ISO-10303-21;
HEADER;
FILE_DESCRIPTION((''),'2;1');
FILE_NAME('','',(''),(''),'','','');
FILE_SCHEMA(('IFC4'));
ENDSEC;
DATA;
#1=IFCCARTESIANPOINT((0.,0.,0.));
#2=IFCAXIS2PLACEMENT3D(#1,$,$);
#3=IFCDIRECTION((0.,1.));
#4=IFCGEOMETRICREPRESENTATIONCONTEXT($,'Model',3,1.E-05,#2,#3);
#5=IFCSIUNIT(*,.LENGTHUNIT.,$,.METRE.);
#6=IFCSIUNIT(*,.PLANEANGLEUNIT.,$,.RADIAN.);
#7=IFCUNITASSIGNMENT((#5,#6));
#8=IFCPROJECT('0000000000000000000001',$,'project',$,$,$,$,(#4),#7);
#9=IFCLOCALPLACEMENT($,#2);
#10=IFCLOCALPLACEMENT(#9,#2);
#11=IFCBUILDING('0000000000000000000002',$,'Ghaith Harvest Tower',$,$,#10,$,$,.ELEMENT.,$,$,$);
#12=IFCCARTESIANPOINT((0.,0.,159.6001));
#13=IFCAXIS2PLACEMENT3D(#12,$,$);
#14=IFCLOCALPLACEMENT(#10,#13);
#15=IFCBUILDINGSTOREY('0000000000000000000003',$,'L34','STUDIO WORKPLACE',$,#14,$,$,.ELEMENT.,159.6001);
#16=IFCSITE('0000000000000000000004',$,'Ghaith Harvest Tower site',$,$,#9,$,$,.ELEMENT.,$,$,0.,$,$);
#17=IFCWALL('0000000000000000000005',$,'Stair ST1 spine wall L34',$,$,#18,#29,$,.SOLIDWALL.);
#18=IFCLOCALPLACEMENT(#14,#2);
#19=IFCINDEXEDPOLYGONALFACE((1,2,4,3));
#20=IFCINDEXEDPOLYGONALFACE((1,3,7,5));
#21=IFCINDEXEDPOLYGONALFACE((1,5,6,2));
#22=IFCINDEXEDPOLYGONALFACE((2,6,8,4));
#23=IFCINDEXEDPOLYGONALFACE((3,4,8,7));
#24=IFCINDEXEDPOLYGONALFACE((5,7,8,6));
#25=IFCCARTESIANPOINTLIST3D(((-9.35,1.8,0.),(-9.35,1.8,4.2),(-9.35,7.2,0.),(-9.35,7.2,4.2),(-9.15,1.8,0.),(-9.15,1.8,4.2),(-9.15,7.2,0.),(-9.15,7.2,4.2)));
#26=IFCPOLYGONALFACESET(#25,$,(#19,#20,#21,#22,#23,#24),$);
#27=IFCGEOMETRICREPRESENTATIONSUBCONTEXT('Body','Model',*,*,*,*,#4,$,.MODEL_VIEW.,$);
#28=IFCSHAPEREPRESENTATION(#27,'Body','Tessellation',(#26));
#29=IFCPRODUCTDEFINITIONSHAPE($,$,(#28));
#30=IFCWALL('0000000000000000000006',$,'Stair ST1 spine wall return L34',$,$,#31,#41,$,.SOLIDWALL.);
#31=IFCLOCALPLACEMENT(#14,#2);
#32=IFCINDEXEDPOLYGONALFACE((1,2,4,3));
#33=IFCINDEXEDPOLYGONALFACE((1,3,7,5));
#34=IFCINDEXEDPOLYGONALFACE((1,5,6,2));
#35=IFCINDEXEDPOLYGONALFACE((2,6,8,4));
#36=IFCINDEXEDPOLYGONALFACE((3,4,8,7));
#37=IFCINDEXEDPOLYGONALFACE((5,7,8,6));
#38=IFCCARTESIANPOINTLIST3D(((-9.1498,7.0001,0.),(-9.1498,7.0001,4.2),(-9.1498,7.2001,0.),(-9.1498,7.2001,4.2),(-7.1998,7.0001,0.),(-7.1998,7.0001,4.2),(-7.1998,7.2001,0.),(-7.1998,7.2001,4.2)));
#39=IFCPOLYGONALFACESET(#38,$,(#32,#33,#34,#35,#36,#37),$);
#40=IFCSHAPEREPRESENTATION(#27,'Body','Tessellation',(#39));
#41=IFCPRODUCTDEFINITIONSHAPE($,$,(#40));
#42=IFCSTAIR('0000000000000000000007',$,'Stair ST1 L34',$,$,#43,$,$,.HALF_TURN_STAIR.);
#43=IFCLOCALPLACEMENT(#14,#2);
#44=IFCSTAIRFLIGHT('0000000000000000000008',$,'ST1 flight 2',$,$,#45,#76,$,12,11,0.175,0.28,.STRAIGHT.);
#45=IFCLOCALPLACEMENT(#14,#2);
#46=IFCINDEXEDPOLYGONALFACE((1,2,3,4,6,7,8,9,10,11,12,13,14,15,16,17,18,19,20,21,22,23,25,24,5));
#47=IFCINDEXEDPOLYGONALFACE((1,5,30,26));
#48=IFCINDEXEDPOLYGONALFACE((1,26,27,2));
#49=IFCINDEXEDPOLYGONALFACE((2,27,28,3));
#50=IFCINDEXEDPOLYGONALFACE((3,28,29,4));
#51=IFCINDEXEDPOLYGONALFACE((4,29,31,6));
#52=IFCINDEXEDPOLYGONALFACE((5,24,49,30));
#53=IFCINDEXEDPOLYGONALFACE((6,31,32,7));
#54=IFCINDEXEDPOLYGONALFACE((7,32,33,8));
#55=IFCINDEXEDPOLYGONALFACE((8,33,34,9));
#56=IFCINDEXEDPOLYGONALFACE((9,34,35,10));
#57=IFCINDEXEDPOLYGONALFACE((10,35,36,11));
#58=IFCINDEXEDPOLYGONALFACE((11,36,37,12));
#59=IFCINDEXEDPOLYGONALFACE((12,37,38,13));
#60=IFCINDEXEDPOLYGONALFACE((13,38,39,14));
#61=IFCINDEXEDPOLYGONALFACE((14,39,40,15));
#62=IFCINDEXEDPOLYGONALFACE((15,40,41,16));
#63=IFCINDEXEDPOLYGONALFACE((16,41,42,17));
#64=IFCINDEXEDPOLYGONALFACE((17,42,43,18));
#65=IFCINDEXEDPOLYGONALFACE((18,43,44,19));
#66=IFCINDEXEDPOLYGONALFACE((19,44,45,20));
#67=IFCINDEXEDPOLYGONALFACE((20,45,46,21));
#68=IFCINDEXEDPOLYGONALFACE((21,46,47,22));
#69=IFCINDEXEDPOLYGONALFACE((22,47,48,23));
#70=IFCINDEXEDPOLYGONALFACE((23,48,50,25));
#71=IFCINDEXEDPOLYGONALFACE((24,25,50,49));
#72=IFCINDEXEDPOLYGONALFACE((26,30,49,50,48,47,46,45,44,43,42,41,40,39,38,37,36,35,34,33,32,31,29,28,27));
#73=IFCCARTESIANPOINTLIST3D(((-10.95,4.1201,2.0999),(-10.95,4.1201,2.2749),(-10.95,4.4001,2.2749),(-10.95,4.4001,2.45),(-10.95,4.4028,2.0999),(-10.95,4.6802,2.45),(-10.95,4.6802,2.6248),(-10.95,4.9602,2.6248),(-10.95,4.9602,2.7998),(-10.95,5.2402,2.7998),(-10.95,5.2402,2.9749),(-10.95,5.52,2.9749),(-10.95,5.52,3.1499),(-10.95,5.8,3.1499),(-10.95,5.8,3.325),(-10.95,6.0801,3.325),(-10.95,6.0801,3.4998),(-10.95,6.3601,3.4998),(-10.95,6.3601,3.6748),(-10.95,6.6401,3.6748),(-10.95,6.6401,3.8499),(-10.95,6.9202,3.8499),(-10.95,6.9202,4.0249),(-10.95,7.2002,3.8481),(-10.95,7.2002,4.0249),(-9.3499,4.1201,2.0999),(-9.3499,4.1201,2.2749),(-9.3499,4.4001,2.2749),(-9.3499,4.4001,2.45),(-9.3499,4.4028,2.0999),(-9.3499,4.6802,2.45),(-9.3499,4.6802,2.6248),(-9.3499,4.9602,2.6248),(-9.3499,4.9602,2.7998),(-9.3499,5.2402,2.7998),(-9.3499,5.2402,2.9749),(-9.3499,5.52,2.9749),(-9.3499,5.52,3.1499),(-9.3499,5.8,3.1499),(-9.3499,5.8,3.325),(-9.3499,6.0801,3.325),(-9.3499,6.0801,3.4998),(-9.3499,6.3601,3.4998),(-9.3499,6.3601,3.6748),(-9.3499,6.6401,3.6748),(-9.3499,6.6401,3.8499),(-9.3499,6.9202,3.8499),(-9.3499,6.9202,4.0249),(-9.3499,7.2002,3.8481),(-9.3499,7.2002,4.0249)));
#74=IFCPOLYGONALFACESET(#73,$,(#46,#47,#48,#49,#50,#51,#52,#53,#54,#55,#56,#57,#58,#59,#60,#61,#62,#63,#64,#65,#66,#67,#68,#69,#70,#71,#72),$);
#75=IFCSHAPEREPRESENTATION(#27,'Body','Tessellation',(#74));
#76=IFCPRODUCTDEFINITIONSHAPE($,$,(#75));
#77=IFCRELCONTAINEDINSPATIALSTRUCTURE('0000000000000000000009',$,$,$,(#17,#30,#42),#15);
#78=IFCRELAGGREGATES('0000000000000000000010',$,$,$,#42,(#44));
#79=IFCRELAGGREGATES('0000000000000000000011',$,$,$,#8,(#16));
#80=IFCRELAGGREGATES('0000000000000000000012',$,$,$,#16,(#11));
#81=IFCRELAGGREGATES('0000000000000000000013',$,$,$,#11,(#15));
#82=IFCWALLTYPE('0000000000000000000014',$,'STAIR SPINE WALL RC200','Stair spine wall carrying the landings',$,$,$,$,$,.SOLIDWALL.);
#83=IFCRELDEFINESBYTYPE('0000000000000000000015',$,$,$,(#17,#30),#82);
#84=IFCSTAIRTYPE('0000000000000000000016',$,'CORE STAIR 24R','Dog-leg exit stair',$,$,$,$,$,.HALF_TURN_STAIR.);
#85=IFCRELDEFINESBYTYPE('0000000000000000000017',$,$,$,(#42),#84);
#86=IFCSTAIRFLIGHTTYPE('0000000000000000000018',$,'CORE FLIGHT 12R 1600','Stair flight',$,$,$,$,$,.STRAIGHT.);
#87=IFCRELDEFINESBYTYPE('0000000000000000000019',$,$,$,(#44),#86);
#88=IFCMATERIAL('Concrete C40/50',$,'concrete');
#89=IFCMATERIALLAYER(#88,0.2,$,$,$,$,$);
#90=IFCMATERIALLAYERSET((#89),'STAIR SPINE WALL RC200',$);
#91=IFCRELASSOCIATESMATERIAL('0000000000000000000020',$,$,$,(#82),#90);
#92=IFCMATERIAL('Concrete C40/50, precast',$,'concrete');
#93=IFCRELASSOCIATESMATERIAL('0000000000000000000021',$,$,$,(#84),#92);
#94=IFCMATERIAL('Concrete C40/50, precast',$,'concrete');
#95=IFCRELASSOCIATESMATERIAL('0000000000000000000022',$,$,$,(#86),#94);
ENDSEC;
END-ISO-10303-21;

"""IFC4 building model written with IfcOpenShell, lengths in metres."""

from ifc_helpers import new_model, si_unit, direction, frame, frame_2d, origin, place, context, subcontext, project, spatial, polyline, rectangle, outline, extrude, material, layer, layer_set, type_object, element, aggregate, save


model = new_model("IFC4")

# Units and contexts
model_context = context("Model", 3, precision=1e-05, world=origin(), true_north=direction((0.0, 1.0)))
body_context = subcontext(model_context, "Body", "Model", "MODEL_VIEW")
ifc_project = project(units=[si_unit("LENGTHUNIT", "METRE"), si_unit("PLANEANGLEUNIT", "RADIAN")], contexts=[model_context])

# Site, building, storey
site_placement = place(None, origin())
site = spatial("IfcSite", under=ifc_project, at=site_placement, Name="Ghaith Harvest Tower site", CompositionType="ELEMENT", RefElevation=0.0)
building_placement = place(site_placement, origin())
building = spatial("IfcBuilding", under=site, at=building_placement, Name="Ghaith Harvest Tower", CompositionType="ELEMENT")
storey_placement = place(building_placement, frame((0.0, 0.0, 159.6001)))
storey = spatial("IfcBuildingStorey", under=building, at=storey_placement, Name="L34", Description="STUDIO WORKPLACE", CompositionType="ELEMENT", Elevation=159.6001)

# Walls
ifc_material_1 = material(Name="Concrete C40/50", Category="concrete")
ifc_layer_1 = layer(ifc_material_1, 0.2)
ifc_layer_set_1 = layer_set([ifc_layer_1], Name="STAIR SPINE WALL RC200")
wall_type_1 = type_object("IfcWallType", Name="STAIR SPINE WALL RC200", Description="Stair spine wall carrying the landings", PredefinedType="SOLIDWALL", material=ifc_layer_set_1)
wall_1_placement = place(storey_placement, frame((-9.25, 7.2, 0.0), z_axis=(0.0, 0.0, 1.0), x_axis=(0.0, -1.0, 0.0)))
element("IfcWall", 1, at=wall_1_placement, inside=storey, type_object=wall_type_1, Name="Stair ST1 spine wall L34", PredefinedType="SOLIDWALL", context=body_context, shape_type="SweptSolid", body=[
    extrude(rectangle(XDim=5.3999, YDim=0.2, at=frame_2d((2.7, 0.0))), origin(), (0.0, 0.0, 1.0), 4.2),
])
wall_2_placement = place(storey_placement, frame((-9.1499, 7.1001, 0.0), z_axis=(0.0, 0.0, 1.0), x_axis=(1.0, 0.0, 0.0)))
element("IfcWall", 2, at=wall_2_placement, inside=storey, type_object=wall_type_1, Name="Stair ST1 spine wall return L34", PredefinedType="SOLIDWALL", context=body_context, shape_type="SweptSolid", body=[
    extrude(rectangle(XDim=1.95, YDim=0.2, at=frame_2d((0.9751, 0.0))), origin(), (0.0, 0.0, 1.0), 4.2),
])

# Stair, stair flight
ifc_material_2 = material(Name="Concrete C40/50, precast", Category="concrete")
stair_type = type_object("IfcStairType", Name="CORE STAIR 24R", Description="Dog-leg exit stair", PredefinedType="HALF_TURN_STAIR", material=ifc_material_2)
stair_placement = place(storey_placement, origin())
stair = element("IfcStair", 3, at=stair_placement, inside=storey, type_object=stair_type, Name="Stair ST1 L34", PredefinedType="HALF_TURN_STAIR")
ifc_material_3 = material(Name="Concrete C40/50, precast", Category="concrete")
stair_flight_type = type_object("IfcStairFlightType", Name="CORE FLIGHT 12R 1600", Description="Stair flight", PredefinedType="STRAIGHT", material=ifc_material_3)
stair_flight_placement = place(storey_placement, frame((-10.1499, 4.1201, 2.0999), z_axis=(0.0, 0.0, 1.0), x_axis=(0.0, 1.0, 0.0)))
stair_flight = element("IfcStairFlight", 4, at=stair_flight_placement, type_object=stair_flight_type, Name="ST1 flight 2", NumberOfRisers=12, NumberOfTreads=11, PredefinedType="STRAIGHT", RiserHeight=0.175, TreadLength=0.28, context=body_context, shape_type="SweptSolid", body=[
    extrude(outline(polyline([(0.0, 0.0), (0.0, 0.175), (0.28, 0.175), (0.28, 0.3501), (0.5601, 0.3501), (0.5601, 0.5249), (0.8401, 0.5249), (0.8401, 0.7), (1.1201, 0.7), (1.1201, 0.875), (1.3999, 0.875), (1.3999, 1.05), (1.6799, 1.05), (1.6799, 1.2251), (1.96, 1.2251), (1.96, 1.3999), (2.24, 1.3999), (2.24, 1.575), (2.52, 1.575), (2.52, 1.75), (2.8, 1.75), (2.8, 1.925), (3.0801, 1.925), (3.0801, 2.1001), (3.0801, 1.7483), (0.2827, 0.0), (0.0, 0.0)])), frame((0.0, 0.8, 0.0), z_axis=(0.0, -1.0, 0.0), x_axis=(1.0, 0.0, 0.0)), (0.0, 0.0, 1.0), 1.6001),
])
aggregate(stair, [stair_flight])

save(model, "model.ifc")
